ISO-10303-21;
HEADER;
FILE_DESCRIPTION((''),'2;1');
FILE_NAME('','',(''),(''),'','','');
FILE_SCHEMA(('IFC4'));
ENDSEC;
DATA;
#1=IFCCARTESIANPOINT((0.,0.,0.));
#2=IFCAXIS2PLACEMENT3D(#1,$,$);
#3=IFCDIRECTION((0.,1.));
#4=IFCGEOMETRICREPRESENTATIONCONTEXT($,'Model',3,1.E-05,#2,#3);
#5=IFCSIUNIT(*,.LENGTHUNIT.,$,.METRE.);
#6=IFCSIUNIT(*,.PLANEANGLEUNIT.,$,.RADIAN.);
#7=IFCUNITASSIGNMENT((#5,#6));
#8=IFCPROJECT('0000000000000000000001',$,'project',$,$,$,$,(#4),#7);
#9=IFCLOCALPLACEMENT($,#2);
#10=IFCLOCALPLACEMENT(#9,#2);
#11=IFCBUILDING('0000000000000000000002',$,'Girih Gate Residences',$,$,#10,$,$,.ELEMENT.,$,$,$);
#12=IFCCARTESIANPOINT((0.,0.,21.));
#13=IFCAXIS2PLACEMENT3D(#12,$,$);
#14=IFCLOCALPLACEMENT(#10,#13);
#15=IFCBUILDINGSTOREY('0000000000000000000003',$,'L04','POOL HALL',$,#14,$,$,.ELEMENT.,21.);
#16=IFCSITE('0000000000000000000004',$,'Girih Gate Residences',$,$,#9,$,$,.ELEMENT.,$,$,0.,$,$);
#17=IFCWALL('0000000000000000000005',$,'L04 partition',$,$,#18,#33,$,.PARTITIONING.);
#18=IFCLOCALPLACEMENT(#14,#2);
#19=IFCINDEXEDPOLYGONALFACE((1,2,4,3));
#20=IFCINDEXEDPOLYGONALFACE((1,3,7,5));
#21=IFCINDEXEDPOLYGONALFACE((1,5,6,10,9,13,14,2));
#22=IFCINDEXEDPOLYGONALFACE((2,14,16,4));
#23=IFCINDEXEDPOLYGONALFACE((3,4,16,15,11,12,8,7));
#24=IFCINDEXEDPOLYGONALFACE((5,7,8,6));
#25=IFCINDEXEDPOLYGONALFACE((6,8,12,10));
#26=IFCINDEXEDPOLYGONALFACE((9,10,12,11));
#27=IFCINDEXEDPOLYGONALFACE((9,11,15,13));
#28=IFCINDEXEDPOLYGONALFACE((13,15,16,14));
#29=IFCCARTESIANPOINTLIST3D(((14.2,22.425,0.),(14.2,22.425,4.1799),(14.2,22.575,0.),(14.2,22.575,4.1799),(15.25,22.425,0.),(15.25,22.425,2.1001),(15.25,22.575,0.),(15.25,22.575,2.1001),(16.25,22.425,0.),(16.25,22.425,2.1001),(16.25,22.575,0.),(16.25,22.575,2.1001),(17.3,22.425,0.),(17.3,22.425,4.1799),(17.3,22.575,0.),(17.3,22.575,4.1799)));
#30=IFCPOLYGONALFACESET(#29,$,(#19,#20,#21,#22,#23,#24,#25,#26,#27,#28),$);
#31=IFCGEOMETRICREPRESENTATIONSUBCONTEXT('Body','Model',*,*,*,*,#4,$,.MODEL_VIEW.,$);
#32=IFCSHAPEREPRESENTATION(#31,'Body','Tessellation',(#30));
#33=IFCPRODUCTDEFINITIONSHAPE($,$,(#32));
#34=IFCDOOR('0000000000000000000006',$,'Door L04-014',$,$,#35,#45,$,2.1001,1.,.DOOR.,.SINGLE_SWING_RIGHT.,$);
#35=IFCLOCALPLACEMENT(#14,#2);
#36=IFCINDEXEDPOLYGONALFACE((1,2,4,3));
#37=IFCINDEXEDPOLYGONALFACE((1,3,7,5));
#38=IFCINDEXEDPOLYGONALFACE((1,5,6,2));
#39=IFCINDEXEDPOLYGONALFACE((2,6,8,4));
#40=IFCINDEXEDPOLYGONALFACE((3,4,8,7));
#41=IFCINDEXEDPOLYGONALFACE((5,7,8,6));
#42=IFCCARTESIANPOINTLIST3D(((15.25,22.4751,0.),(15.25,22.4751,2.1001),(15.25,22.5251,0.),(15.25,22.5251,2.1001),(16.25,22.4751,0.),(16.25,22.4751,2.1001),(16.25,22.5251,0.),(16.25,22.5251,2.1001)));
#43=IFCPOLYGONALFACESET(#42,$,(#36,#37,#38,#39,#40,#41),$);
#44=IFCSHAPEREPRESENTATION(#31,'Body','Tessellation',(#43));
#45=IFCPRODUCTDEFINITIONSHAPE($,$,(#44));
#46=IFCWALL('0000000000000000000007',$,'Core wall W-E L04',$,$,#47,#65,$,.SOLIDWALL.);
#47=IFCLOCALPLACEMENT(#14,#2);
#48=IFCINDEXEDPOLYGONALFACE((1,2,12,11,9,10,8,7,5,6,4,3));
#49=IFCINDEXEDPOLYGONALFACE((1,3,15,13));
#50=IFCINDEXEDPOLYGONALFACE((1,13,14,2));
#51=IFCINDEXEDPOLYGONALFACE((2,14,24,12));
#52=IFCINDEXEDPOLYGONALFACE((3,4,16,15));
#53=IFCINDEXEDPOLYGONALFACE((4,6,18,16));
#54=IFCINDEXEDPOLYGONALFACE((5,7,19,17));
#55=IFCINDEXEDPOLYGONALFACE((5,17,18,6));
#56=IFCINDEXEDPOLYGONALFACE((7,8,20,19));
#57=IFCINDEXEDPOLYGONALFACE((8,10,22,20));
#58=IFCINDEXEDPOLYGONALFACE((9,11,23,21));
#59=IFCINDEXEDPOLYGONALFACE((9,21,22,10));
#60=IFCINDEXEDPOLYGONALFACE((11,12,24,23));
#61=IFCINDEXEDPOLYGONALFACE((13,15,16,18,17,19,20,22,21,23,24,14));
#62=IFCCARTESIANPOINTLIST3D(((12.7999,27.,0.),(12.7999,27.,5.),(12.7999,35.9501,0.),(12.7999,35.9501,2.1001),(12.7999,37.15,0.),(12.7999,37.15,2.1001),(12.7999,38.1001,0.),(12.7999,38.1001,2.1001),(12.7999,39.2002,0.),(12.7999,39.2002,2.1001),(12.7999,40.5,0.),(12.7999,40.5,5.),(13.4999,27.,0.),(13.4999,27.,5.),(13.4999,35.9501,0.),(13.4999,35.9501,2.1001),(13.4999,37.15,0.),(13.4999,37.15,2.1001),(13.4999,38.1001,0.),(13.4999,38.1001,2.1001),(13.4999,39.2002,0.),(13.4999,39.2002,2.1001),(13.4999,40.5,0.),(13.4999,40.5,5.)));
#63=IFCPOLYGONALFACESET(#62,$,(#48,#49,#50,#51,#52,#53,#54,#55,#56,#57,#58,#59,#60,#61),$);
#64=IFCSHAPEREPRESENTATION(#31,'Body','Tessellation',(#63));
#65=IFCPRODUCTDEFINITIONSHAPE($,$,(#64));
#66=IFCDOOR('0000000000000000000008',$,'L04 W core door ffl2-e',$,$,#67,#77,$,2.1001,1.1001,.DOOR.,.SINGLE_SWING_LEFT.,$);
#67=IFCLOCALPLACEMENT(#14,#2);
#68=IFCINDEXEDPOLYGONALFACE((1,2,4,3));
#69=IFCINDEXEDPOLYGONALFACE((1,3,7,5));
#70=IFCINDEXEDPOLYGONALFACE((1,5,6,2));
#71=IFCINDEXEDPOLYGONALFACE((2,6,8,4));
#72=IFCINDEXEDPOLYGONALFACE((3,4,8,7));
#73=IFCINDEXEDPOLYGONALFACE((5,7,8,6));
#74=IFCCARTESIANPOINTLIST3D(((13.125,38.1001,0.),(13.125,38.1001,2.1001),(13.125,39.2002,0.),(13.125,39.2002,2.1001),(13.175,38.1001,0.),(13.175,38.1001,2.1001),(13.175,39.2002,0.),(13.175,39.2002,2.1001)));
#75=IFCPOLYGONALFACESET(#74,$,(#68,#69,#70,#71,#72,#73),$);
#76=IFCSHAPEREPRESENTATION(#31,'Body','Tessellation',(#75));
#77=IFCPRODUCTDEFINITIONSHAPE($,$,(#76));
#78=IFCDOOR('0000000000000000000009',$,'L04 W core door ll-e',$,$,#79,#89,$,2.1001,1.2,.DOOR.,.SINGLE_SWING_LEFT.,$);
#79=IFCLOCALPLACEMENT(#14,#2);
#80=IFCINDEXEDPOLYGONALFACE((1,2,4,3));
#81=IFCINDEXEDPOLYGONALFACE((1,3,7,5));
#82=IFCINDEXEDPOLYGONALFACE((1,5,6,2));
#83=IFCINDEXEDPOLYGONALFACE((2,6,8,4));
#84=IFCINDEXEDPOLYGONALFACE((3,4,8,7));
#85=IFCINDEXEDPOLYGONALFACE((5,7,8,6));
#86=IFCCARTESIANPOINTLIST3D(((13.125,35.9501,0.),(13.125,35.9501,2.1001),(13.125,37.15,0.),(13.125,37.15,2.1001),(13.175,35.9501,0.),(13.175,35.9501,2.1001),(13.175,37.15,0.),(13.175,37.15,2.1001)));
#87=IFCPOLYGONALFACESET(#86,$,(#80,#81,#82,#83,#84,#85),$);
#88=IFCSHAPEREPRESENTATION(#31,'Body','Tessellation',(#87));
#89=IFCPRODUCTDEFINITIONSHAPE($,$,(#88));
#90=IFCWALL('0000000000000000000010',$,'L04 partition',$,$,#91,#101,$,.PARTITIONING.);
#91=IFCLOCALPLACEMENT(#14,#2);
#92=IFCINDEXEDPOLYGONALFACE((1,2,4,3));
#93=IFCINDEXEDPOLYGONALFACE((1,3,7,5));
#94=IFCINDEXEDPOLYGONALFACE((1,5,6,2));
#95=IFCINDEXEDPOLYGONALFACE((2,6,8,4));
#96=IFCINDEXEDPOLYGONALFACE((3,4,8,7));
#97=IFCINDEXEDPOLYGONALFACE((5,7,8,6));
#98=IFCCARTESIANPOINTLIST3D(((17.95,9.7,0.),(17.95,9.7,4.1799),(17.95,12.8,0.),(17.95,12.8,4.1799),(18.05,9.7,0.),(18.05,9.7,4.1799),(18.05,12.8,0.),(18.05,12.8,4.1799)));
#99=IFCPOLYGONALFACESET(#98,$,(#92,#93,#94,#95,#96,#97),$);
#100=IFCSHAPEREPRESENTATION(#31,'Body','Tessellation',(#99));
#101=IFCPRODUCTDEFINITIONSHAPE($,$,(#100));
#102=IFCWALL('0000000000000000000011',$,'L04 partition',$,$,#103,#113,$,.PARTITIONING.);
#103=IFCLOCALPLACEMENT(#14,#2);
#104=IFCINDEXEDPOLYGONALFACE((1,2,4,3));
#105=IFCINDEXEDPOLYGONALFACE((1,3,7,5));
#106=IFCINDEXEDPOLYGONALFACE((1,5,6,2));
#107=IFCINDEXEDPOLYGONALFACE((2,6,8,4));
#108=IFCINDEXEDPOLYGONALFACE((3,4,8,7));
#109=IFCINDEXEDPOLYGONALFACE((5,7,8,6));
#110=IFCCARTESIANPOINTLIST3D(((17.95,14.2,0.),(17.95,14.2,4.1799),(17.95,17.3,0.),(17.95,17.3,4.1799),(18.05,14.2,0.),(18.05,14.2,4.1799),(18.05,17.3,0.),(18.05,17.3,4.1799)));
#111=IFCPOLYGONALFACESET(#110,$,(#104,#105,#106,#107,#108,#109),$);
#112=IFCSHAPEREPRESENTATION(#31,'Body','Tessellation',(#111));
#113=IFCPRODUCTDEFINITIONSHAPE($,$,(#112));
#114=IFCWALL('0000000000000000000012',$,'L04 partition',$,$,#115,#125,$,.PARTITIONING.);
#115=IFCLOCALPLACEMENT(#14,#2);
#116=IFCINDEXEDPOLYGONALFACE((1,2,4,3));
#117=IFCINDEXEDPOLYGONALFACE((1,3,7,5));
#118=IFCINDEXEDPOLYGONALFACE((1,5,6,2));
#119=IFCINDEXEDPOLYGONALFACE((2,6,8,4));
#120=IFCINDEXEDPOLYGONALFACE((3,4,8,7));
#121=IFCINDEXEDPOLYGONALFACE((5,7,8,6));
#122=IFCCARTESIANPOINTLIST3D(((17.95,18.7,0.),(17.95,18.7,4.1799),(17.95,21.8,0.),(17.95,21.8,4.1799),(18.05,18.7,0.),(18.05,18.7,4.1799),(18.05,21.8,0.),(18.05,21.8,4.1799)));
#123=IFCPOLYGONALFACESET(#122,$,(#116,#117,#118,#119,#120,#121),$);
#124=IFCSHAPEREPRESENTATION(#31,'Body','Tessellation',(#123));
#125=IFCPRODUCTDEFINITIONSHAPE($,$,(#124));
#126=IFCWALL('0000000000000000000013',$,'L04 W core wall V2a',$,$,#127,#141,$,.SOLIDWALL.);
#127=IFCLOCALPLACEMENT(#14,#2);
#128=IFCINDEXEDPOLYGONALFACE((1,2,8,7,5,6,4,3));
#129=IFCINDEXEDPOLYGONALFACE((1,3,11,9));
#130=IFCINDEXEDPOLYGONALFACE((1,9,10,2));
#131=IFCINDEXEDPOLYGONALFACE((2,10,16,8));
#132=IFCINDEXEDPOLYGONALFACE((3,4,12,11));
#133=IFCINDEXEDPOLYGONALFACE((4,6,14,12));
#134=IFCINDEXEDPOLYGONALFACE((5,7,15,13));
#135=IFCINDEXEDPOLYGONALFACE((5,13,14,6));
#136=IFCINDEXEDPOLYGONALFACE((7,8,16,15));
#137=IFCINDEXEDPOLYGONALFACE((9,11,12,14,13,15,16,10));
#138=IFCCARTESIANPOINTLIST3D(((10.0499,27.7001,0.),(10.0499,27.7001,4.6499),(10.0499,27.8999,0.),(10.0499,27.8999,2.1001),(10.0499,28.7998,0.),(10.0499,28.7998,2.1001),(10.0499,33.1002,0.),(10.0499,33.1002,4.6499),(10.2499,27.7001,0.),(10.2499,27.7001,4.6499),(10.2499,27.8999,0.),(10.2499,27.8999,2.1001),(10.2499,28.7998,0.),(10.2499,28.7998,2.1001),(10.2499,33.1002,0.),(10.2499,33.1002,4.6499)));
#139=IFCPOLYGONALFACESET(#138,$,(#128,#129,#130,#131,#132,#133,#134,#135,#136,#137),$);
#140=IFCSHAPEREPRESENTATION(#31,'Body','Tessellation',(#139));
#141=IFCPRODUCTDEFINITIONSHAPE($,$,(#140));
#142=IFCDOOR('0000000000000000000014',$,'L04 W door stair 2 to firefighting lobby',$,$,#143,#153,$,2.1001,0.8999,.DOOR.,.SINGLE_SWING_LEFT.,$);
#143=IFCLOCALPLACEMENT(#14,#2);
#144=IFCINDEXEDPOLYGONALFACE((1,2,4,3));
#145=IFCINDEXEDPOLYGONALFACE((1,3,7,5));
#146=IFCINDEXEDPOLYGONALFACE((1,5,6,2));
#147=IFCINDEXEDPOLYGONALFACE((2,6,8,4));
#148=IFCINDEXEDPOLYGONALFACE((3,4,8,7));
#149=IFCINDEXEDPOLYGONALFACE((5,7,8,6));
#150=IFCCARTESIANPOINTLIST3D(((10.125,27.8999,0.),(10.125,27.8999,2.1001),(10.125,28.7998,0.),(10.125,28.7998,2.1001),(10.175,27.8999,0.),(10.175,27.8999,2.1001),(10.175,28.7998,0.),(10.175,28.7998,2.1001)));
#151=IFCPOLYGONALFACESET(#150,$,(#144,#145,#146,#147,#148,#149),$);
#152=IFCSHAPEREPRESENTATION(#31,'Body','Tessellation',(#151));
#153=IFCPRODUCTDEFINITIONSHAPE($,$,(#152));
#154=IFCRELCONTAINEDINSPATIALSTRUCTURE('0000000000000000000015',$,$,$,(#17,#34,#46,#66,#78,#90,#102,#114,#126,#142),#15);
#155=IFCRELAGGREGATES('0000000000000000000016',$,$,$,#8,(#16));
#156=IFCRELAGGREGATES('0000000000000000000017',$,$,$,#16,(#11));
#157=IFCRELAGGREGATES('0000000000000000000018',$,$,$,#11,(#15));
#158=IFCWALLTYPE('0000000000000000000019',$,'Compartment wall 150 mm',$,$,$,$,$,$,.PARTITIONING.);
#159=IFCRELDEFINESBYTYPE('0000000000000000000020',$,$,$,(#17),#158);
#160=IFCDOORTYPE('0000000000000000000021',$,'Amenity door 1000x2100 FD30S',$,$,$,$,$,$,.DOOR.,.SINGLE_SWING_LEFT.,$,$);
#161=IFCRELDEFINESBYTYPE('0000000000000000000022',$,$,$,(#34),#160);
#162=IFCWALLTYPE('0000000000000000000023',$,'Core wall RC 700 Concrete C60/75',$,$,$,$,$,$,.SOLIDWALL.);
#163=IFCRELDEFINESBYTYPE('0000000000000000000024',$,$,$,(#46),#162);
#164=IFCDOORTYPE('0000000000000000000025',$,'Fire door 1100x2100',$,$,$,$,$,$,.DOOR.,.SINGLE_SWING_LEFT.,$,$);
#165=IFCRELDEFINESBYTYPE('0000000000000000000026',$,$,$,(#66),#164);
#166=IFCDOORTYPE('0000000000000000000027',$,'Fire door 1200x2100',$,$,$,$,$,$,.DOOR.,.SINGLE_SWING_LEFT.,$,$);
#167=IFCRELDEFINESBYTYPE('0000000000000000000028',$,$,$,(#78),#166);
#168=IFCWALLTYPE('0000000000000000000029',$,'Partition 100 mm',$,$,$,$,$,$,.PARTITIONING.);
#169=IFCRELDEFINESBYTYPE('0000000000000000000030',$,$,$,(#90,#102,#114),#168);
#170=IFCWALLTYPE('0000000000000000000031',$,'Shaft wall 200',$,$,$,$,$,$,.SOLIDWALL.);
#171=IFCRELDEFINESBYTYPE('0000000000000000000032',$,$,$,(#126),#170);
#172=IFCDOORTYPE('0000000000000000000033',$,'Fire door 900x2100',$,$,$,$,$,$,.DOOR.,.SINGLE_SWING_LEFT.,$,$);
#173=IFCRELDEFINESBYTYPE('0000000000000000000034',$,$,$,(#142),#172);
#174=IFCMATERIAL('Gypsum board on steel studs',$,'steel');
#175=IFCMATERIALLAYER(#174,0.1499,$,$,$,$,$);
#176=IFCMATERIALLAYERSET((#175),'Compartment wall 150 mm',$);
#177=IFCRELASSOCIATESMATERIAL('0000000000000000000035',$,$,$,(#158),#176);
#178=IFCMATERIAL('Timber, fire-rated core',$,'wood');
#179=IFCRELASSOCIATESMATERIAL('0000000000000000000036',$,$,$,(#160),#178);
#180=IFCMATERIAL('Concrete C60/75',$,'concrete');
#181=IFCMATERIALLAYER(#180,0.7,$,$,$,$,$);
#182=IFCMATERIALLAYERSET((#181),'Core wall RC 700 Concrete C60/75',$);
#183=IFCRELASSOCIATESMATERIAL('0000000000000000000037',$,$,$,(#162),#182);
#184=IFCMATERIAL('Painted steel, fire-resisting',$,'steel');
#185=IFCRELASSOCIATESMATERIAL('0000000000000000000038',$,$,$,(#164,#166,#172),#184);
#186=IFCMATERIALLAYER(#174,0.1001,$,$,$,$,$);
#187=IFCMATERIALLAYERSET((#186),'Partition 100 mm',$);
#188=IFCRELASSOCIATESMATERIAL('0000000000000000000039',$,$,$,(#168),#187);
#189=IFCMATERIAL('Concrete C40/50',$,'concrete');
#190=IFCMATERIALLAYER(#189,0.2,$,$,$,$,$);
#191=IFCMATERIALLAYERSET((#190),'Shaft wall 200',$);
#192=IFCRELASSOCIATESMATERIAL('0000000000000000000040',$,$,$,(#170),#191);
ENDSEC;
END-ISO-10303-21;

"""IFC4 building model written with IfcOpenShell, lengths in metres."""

from ifc_helpers import new_model, si_unit, direction, frame, frame_2d, origin, place, context, subcontext, project, spatial, rectangle, extrude, material, layer, layer_set, type_object, element, fill, save


model = new_model("IFC4")

# Units and contexts
model_context = context("Model", 3, precision=1e-05, world=origin(), true_north=direction((0.0, 1.0)))
body_context = subcontext(model_context, "Body", "Model", "MODEL_VIEW")
ifc_project = project(units=[si_unit("LENGTHUNIT", "METRE"), si_unit("PLANEANGLEUNIT", "RADIAN")], contexts=[model_context])

# Site, building, storey
site_placement = place(None, origin())
site = spatial("IfcSite", under=ifc_project, at=site_placement, Name="Girih Gate Residences", CompositionType="ELEMENT", RefElevation=0.0)
building_placement = place(site_placement, origin())
building = spatial("IfcBuilding", under=site, at=building_placement, Name="Girih Gate Residences", CompositionType="ELEMENT")
storey_placement = place(building_placement, frame((0.0, 0.0, 21.0)))
storey = spatial("IfcBuildingStorey", under=building, at=storey_placement, Name="L04", Description="POOL HALL", CompositionType="ELEMENT", Elevation=21.0)

# Shared definitions
ifc_material_1 = material(Name="Concrete C60/75", Category="concrete")

# Shared definitions
ifc_material_2 = material(Name="Gypsum board on steel studs", Category="steel")
ifc_layer_1 = layer(ifc_material_2, 0.1499)
ifc_layer_set_1 = layer_set([ifc_layer_1], Name="Compartment wall 150 mm")
wall_type_1 = type_object("IfcWallType", Name="Compartment wall 150 mm", PredefinedType="PARTITIONING", material=ifc_layer_set_1)
ifc_material_3 = material(Name="Timber, fire-rated core", Category="wood")

# Wall, opening, door
wall_1_placement = place(storey_placement, frame((17.3, 22.5, 0.0), z_axis=(0.0, 0.0, 1.0), x_axis=(-1.0, 0.0, 0.0)))
wall_1 = element("IfcWall", 1, at=wall_1_placement, inside=storey, type_object=wall_type_1, Name="L04 partition", PredefinedType="PARTITIONING", context=body_context, shape_type="SweptSolid", body=[
    extrude(rectangle(XDim=3.1001, YDim=0.1499, at=frame_2d((1.55, 0.0))), origin(), (0.0, 0.0, 1.0), 4.1799),
])
opening_1_placement = place(wall_1_placement, frame((1.05, 0.0, 0.0)))
opening_1 = element("IfcOpeningElement", 2, at=opening_1_placement, cuts=wall_1, PredefinedType="OPENING", context=body_context, shape_type="SweptSolid", body=[
    extrude(rectangle(XDim=1.0, YDim=2.1001, at=frame_2d((0.5, 1.05))), frame((0.0, 0.085, 0.0), z_axis=(0.0, -1.0, 0.0), x_axis=(1.0, 0.0, 0.0)), (0.0, 0.0, 1.0), 0.1699),
])
door_type_1 = type_object("IfcDoorType", Name="Amenity door 1000x2100 FD30S", OperationType="SINGLE_SWING_LEFT", PredefinedType="DOOR", material=ifc_material_3)
door_1_placement = place(opening_1_placement, origin())
door_1 = element("IfcDoor", 3, at=door_1_placement, inside=storey, type_object=door_type_1, Name="Door L04-014", OperationType="SINGLE_SWING_RIGHT", OverallHeight=2.1001, OverallWidth=1.0, PredefinedType="DOOR", context=body_context, shape_type="SweptSolid", body=[
    extrude(rectangle(XDim=1.0, YDim=2.1001, at=frame_2d((0.5, 1.05))), frame((0.0, 0.0249, 0.0), z_axis=(0.0, -1.0, 0.0), x_axis=(1.0, 0.0, 0.0)), (0.0, 0.0, 1.0), 0.05),
])
fill(opening_1, door_1)

# Wall, openings, doors
ifc_layer_2 = layer(ifc_material_1, 0.7)
ifc_layer_set_2 = layer_set([ifc_layer_2], Name="Core wall RC 700 Concrete C60/75")
wall_type_2 = type_object("IfcWallType", Name="Core wall RC 700 Concrete C60/75", PredefinedType="SOLIDWALL", material=ifc_layer_set_2)
wall_2_placement = place(storey_placement, frame((13.1499, 27.0, 0.0), z_axis=(0.0, 0.0, 1.0), x_axis=(0.0, 1.0, 0.0)))
wall_2 = element("IfcWall", 4, at=wall_2_placement, inside=storey, type_object=wall_type_2, Name="Core wall W-E L04", PredefinedType="SOLIDWALL", context=body_context, shape_type="SweptSolid", body=[
    extrude(rectangle(XDim=13.5, YDim=0.7, at=frame_2d((6.75, 0.0))), origin(), (0.0, 0.0, 1.0), 5.0),
])
opening_2_placement = place(wall_2_placement, frame((11.1001, 0.0, 0.0)))
opening_2 = element("IfcOpeningElement", 5, at=opening_2_placement, cuts=wall_2, PredefinedType="OPENING", context=body_context, shape_type="SweptSolid", body=[
    extrude(rectangle(XDim=1.1001, YDim=2.1001, at=frame_2d((0.55, 1.05))), frame((0.0, 0.3599, 0.0), z_axis=(0.0, -1.0, 0.0), x_axis=(1.0, 0.0, 0.0)), (0.0, 0.0, 1.0), 0.72),
])
opening_3_placement = place(wall_2_placement, frame((8.95, 0.0, 0.0)))
opening_3 = element("IfcOpeningElement", 6, at=opening_3_placement, cuts=wall_2, PredefinedType="OPENING", context=body_context, shape_type="SweptSolid", body=[
    extrude(rectangle(XDim=1.2, YDim=2.1001, at=frame_2d((0.6001, 1.05))), frame((0.0, 0.3599, 0.0), z_axis=(0.0, -1.0, 0.0), x_axis=(1.0, 0.0, 0.0)), (0.0, 0.0, 1.0), 0.72),
])
ifc_material_4 = material(Name="Painted steel, fire-resisting", Category="steel")
door_type_2 = type_object("IfcDoorType", Name="Fire door 1100x2100", OperationType="SINGLE_SWING_LEFT", PredefinedType="DOOR", material=ifc_material_4)
door_2_placement = place(opening_2_placement, origin())
door_2 = element("IfcDoor", 7, at=door_2_placement, inside=storey, type_object=door_type_2, Name="L04 W core door ffl2-e", OperationType="SINGLE_SWING_LEFT", OverallHeight=2.1001, OverallWidth=1.1001, PredefinedType="DOOR", context=body_context, shape_type="SweptSolid", body=[
    extrude(rectangle(XDim=1.1001, YDim=2.1001, at=frame_2d((0.55, 1.05))), frame((0.0, 0.0249, 0.0), z_axis=(0.0, -1.0, 0.0), x_axis=(1.0, 0.0, 0.0)), (0.0, 0.0, 1.0), 0.05),
])
fill(opening_2, door_2)
door_type_3 = type_object("IfcDoorType", Name="Fire door 1200x2100", OperationType="SINGLE_SWING_LEFT", PredefinedType="DOOR", material=ifc_material_4)
door_3_placement = place(opening_3_placement, origin())
door_3 = element("IfcDoor", 8, at=door_3_placement, inside=storey, type_object=door_type_3, Name="L04 W core door ll-e", OperationType="SINGLE_SWING_LEFT", OverallHeight=2.1001, OverallWidth=1.2, PredefinedType="DOOR", context=body_context, shape_type="SweptSolid", body=[
    extrude(rectangle(XDim=1.2, YDim=2.1001, at=frame_2d((0.6001, 1.05))), frame((0.0, 0.0249, 0.0), z_axis=(0.0, -1.0, 0.0), x_axis=(1.0, 0.0, 0.0)), (0.0, 0.0, 1.0), 0.05),
])
fill(opening_3, door_3)

# Walls
ifc_layer_3 = layer(ifc_material_2, 0.1001)
ifc_layer_set_3 = layer_set([ifc_layer_3], Name="Partition 100 mm")
wall_type_3 = type_object("IfcWallType", Name="Partition 100 mm", PredefinedType="PARTITIONING", material=ifc_layer_set_3)
for number, where, z_axis, x_axis, name in (
    (9, (18.0, 9.7, 0.0), (0.0, 0.0, 1.0), (0.0, 1.0, 0.0), "L04 partition"),
    (10, (18.0, 14.2, 0.0), (0.0, 0.0, 1.0), (0.0, 1.0, 0.0), "L04 partition"),
    (11, (18.0, 18.7, 0.0), (0.0, 0.0, 1.0), (0.0, 1.0, 0.0), "L04 partition"),
):
    element("IfcWall", number, at=place(storey_placement, frame(where, z_axis=z_axis, x_axis=x_axis)), inside=storey, type_object=wall_type_3, Name=name, PredefinedType="PARTITIONING", context=body_context, shape_type="SweptSolid", body=[
        extrude(rectangle(XDim=3.1001, YDim=0.1001, at=frame_2d((1.55, 0.0))), origin(), (0.0, 0.0, 1.0), 4.1799),
    ])

# Wall, opening, door
ifc_material_5 = material(Name="Concrete C40/50", Category="concrete")
ifc_layer_4 = layer(ifc_material_5, 0.2)
ifc_layer_set_4 = layer_set([ifc_layer_4], Name="Shaft wall 200")
wall_type_4 = type_object("IfcWallType", Name="Shaft wall 200", PredefinedType="SOLIDWALL", material=ifc_layer_set_4)
wall_3_placement = place(storey_placement, frame((10.1499, 27.7, 0.0), z_axis=(0.0, 0.0, 1.0), x_axis=(0.0, 1.0, 0.0)))
wall_3 = element("IfcWall", 12, at=wall_3_placement, inside=storey, type_object=wall_type_4, Name="L04 W core wall V2a", PredefinedType="SOLIDWALL", context=body_context, shape_type="SweptSolid", body=[
    extrude(rectangle(XDim=5.4001, YDim=0.2, at=frame_2d((2.7002, 0.0))), origin(), (0.0, 0.0, 1.0), 4.6499),
])
opening_4_placement = place(wall_3_placement, frame((0.2, 0.0, 0.0)))
opening_4 = element("IfcOpeningElement", 13, at=opening_4_placement, cuts=wall_3, PredefinedType="OPENING", context=body_context, shape_type="SweptSolid", body=[
    extrude(rectangle(XDim=0.8999, YDim=2.1001, at=frame_2d((0.45, 1.05))), frame((0.0, 0.1099, 0.0), z_axis=(0.0, -1.0, 0.0), x_axis=(1.0, 0.0, 0.0)), (0.0, 0.0, 1.0), 0.22),
])
door_type_4 = type_object("IfcDoorType", Name="Fire door 900x2100", OperationType="SINGLE_SWING_LEFT", PredefinedType="DOOR", material=ifc_material_4)
door_4_placement = place(opening_4_placement, origin())
door_4 = element("IfcDoor", 14, at=door_4_placement, inside=storey, type_object=door_type_4, Name="L04 W door stair 2 to firefighting lobby", OperationType="SINGLE_SWING_LEFT", OverallHeight=2.1001, OverallWidth=0.8999, PredefinedType="DOOR", context=body_context, shape_type="SweptSolid", body=[
    extrude(rectangle(XDim=0.8999, YDim=2.1001, at=frame_2d((0.45, 1.05))), frame((0.0, 0.0249, 0.0), z_axis=(0.0, -1.0, 0.0), x_axis=(1.0, 0.0, 0.0)), (0.0, 0.0, 1.0), 0.05),
])
fill(opening_4, door_4)

save(model, "model.ifc")
